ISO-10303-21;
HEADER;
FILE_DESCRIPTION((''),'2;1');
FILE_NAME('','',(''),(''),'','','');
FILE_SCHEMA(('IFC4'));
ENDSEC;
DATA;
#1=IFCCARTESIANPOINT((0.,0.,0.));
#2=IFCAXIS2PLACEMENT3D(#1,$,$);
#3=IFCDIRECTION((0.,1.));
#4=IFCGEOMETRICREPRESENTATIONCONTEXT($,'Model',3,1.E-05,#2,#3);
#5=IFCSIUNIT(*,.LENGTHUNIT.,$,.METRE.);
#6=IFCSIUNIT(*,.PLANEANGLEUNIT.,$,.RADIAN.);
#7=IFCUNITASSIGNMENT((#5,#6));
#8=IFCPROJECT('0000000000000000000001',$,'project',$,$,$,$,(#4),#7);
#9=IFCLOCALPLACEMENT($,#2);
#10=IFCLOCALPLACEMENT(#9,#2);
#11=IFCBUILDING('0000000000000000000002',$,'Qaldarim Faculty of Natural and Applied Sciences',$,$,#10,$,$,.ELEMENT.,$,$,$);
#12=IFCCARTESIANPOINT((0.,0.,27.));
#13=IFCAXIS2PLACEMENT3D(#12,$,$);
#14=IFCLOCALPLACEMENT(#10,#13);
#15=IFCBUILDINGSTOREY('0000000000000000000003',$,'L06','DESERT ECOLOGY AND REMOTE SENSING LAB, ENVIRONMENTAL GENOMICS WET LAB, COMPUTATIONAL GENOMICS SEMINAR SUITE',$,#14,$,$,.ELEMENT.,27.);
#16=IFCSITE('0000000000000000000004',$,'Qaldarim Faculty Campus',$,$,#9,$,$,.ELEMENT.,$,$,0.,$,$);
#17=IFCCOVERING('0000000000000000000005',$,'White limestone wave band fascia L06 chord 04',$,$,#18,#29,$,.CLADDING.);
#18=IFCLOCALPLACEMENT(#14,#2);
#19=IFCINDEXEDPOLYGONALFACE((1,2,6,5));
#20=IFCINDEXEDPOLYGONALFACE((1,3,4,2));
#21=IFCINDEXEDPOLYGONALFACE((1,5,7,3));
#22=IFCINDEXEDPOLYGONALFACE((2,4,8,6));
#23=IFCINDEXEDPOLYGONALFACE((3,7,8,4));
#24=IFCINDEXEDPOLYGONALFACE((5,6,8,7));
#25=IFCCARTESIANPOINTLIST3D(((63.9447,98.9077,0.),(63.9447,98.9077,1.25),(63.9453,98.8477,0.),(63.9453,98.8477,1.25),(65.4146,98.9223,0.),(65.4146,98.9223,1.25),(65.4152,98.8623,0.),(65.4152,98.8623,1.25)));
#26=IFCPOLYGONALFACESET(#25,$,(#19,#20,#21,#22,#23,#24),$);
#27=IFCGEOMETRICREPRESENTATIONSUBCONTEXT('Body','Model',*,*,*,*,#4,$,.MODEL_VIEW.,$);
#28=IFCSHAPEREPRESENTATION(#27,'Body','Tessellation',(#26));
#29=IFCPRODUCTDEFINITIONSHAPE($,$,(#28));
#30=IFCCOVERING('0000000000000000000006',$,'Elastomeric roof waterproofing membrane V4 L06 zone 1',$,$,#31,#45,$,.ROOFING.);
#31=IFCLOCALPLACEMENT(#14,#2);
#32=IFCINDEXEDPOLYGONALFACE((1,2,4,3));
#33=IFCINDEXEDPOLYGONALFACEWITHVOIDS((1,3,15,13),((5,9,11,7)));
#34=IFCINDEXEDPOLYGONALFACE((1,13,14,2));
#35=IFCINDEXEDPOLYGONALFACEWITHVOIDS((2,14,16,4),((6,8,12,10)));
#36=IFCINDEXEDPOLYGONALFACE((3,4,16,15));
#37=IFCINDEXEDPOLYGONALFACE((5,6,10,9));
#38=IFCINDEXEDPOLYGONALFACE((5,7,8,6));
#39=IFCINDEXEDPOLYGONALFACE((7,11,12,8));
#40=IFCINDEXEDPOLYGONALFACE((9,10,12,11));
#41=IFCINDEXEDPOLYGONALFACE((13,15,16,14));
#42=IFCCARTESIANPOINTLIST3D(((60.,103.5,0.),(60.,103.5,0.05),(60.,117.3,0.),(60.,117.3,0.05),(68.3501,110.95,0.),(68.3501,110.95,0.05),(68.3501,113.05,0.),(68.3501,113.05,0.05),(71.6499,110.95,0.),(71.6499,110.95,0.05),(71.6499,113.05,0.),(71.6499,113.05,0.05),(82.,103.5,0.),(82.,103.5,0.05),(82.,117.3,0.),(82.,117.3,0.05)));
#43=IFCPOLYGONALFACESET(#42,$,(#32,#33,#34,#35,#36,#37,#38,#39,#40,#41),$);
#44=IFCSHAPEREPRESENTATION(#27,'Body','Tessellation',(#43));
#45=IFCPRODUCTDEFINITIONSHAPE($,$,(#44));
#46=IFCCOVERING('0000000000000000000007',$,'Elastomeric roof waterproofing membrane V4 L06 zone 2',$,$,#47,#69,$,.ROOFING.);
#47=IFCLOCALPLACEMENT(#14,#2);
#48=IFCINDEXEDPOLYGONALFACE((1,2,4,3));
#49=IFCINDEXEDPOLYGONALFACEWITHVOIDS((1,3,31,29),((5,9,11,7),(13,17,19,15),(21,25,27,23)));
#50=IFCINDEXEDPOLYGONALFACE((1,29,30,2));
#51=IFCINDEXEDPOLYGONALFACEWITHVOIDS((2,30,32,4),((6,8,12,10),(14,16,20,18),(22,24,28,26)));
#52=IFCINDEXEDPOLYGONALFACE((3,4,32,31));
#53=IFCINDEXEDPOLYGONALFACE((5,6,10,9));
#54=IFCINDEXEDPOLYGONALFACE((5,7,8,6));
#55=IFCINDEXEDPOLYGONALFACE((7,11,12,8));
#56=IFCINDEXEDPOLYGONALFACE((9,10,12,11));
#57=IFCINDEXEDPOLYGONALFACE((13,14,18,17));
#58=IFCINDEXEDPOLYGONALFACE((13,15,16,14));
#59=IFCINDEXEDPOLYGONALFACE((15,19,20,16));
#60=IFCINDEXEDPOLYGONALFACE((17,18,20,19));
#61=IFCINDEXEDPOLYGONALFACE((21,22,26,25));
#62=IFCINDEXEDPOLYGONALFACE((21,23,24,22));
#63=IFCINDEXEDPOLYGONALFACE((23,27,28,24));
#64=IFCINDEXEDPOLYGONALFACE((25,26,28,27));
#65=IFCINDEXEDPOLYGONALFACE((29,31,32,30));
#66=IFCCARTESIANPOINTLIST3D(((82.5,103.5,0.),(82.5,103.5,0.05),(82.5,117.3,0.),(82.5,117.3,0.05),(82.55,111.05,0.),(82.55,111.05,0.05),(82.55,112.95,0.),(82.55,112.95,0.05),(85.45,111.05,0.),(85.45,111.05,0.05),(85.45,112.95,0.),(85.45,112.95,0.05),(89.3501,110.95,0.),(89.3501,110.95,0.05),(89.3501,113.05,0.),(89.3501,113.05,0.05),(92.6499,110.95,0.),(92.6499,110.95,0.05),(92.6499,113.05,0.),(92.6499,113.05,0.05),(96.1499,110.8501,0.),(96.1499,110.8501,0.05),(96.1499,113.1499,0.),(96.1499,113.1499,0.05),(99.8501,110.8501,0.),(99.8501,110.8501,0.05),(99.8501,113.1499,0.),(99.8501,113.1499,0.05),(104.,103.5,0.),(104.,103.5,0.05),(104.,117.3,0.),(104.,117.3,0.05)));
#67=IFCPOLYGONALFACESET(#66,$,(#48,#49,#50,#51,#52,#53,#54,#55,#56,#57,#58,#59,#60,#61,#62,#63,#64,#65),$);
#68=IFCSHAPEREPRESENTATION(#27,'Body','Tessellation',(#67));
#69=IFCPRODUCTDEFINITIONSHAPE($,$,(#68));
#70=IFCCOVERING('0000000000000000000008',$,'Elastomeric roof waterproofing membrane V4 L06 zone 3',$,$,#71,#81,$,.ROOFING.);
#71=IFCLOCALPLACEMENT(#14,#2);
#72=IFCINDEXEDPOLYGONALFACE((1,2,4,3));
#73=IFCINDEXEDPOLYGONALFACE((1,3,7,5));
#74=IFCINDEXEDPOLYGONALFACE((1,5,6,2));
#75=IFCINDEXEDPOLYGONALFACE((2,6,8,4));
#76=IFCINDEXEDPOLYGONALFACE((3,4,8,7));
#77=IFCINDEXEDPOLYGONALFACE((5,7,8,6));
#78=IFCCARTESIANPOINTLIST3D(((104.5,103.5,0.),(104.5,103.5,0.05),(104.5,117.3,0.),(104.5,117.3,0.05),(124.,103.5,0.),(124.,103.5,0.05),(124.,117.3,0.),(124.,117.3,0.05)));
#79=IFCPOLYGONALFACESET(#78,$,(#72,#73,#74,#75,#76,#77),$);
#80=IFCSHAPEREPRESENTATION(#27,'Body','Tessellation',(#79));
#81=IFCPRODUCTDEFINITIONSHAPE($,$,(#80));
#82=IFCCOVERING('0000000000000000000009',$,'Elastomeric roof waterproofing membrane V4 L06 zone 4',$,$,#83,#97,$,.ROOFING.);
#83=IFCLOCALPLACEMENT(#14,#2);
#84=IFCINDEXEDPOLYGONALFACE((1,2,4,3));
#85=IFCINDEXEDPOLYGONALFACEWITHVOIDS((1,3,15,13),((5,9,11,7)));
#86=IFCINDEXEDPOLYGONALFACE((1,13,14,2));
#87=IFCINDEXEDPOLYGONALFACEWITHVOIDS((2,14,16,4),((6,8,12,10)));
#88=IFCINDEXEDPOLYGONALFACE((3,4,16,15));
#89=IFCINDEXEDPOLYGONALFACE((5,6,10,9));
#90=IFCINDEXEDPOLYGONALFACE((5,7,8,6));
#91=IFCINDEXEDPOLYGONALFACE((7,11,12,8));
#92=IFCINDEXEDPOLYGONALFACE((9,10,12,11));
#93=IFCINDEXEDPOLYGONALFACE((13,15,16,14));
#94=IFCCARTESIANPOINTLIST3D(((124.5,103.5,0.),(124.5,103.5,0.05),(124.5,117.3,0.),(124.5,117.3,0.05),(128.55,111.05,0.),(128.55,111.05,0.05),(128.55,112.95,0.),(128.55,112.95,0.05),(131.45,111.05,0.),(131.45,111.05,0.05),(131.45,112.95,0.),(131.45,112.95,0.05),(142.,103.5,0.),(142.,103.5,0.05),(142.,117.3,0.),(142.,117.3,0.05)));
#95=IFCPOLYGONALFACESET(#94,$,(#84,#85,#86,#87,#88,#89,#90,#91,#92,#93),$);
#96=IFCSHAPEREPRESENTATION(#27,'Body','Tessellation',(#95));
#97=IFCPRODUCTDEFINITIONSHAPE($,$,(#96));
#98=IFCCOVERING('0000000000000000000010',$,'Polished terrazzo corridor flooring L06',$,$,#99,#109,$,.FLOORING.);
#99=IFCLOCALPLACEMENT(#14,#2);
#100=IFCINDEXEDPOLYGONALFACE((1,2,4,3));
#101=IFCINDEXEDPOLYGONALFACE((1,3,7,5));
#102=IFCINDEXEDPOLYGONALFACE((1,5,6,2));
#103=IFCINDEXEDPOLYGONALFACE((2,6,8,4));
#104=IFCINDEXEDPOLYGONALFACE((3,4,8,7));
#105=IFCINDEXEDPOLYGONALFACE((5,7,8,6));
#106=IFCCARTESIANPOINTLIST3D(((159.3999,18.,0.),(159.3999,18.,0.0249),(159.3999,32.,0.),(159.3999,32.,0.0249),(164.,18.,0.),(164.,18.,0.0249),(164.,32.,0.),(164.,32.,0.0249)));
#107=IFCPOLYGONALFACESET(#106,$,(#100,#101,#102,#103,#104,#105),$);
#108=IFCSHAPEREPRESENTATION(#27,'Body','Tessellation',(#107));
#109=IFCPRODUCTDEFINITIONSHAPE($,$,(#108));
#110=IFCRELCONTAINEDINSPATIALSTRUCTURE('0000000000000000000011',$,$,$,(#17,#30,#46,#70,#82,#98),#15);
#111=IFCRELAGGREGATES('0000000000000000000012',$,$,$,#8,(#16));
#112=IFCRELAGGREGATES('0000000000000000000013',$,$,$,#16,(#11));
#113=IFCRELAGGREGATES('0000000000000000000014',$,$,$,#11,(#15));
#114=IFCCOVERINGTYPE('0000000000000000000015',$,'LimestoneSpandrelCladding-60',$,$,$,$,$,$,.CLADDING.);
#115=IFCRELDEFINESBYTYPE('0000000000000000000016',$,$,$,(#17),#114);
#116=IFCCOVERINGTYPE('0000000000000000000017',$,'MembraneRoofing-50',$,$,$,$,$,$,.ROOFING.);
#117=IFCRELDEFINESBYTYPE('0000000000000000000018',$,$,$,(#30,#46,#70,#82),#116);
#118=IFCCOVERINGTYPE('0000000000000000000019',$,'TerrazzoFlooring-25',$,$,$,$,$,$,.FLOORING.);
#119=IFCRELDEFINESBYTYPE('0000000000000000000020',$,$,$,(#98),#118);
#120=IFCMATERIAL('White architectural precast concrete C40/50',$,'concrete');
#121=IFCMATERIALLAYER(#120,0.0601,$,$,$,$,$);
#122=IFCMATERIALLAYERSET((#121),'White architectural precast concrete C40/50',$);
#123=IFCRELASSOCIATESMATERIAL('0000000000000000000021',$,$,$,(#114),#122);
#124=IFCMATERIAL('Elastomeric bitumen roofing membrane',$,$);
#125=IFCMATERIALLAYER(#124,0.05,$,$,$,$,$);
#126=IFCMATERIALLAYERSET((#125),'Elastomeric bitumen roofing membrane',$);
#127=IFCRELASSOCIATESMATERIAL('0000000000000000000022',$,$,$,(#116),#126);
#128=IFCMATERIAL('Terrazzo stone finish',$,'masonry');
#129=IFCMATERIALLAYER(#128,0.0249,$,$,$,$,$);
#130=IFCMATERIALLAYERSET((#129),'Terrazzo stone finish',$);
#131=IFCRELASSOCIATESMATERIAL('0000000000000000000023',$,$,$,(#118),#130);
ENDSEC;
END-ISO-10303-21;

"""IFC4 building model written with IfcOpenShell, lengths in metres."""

from ifc_helpers import new_model, si_unit, direction, frame, origin, origin_2d, place, context, subcontext, project, spatial, polyline, rectangle, outline, extrude, material, layer, layer_set, type_object, element, save


model = new_model("IFC4")

# Units and contexts
model_context = context("Model", 3, precision=1e-05, world=origin(), true_north=direction((0.0, 1.0)))
body_context = subcontext(model_context, "Body", "Model", "MODEL_VIEW")
ifc_project = project(units=[si_unit("LENGTHUNIT", "METRE"), si_unit("PLANEANGLEUNIT", "RADIAN")], contexts=[model_context])

# Site, building, storey
site_placement = place(None, origin())
site = spatial("IfcSite", under=ifc_project, at=site_placement, Name="Qaldarim Faculty Campus", CompositionType="ELEMENT", RefElevation=0.0)
building_placement = place(site_placement, origin())
building = spatial("IfcBuilding", under=site, at=building_placement, Name="Qaldarim Faculty of Natural and Applied Sciences", CompositionType="ELEMENT")
storey_placement = place(building_placement, frame((0.0, 0.0, 27.0)))
storey = spatial("IfcBuildingStorey", under=building, at=storey_placement, Name="L06", Description="DESERT ECOLOGY AND REMOTE SENSING LAB, ENVIRONMENTAL GENOMICS WET LAB, COMPUTATIONAL GENOMICS SEMINAR SUITE", CompositionType="ELEMENT", Elevation=27.0)

# Shared definitions
ifc_material_1 = material(Name="White architectural precast concrete C40/50", Category="concrete")

# Coverings
ifc_layer_1 = layer(ifc_material_1, 0.0601)
ifc_layer_set_1 = layer_set([ifc_layer_1], Name="White architectural precast concrete C40/50")
covering_type_1 = type_object("IfcCoveringType", Name="LimestoneSpandrelCladding-60", PredefinedType="CLADDING", material=ifc_layer_set_1)
covering_1_placement = place(storey_placement, frame((64.6799, 98.885, 0.0), z_axis=(0.0, 0.0, 1.0), x_axis=(0.999951, 0.009931, 0.0)))
element("IfcCovering", 1, at=covering_1_placement, inside=storey, type_object=covering_type_1, Name="White limestone wave band fascia L06 chord 04", PredefinedType="CLADDING", context=body_context, shape_type="SweptSolid", body=[
    extrude(rectangle(XDim=1.47, YDim=0.0601, at=origin_2d()), origin(), (0.0, 0.0, 1.0), 1.25),
])
ifc_material_2 = material(Name="Elastomeric bitumen roofing membrane")
ifc_layer_2 = layer(ifc_material_2, 0.05)
ifc_layer_set_2 = layer_set([ifc_layer_2], Name="Elastomeric bitumen roofing membrane")
covering_type_2 = type_object("IfcCoveringType", Name="MembraneRoofing-50", PredefinedType="ROOFING", material=ifc_layer_set_2)
covering_2_placement = place(storey_placement, origin())
element("IfcCovering", 2, at=covering_2_placement, inside=storey, type_object=covering_type_2, Name="Elastomeric roof waterproofing membrane V4 L06 zone 1", PredefinedType="ROOFING", context=body_context, shape_type="SweptSolid", body=[
    extrude(outline(polyline([(60.0, 103.5), (82.0, 103.5), (82.0, 117.3), (60.0, 117.3), (60.0, 103.5)]), holes=[polyline([(68.3501, 110.95), (71.6499, 110.95), (71.6499, 113.05), (68.3501, 113.05), (68.3501, 110.95)])]), origin(), (0.0, 0.0, 1.0), 0.05),
])
covering_3_placement = place(storey_placement, origin())
element("IfcCovering", 3, at=covering_3_placement, inside=storey, type_object=covering_type_2, Name="Elastomeric roof waterproofing membrane V4 L06 zone 2", PredefinedType="ROOFING", context=body_context, shape_type="SweptSolid", body=[
    extrude(outline(polyline([(82.5, 103.5), (104.0, 103.5), (104.0, 117.3), (82.5, 117.3), (82.5, 103.5)]), holes=[polyline([(82.55, 111.05), (85.45, 111.05), (85.45, 112.95), (82.55, 112.95), (82.55, 111.05)]), polyline([(96.1499, 110.8501), (99.8501, 110.8501), (99.8501, 113.1499), (96.1499, 113.1499), (96.1499, 110.8501)]), polyline([(89.3501, 110.95), (92.6499, 110.95), (92.6499, 113.05), (89.3501, 113.05), (89.3501, 110.95)])]), origin(), (0.0, 0.0, 1.0), 0.05),
])
covering_4_placement = place(storey_placement, origin())
element("IfcCovering", 4, at=covering_4_placement, inside=storey, type_object=covering_type_2, Name="Elastomeric roof waterproofing membrane V4 L06 zone 3", PredefinedType="ROOFING", context=body_context, shape_type="SweptSolid", body=[
    extrude(outline(polyline([(104.5, 103.5), (124.0, 103.5), (124.0, 117.3), (104.5, 117.3), (104.5, 103.5)])), origin(), (0.0, 0.0, 1.0), 0.05),
])
covering_5_placement = place(storey_placement, origin())
element("IfcCovering", 5, at=covering_5_placement, inside=storey, type_object=covering_type_2, Name="Elastomeric roof waterproofing membrane V4 L06 zone 4", PredefinedType="ROOFING", context=body_context, shape_type="SweptSolid", body=[
    extrude(outline(polyline([(124.5, 103.5), (142.0, 103.5), (142.0, 117.3), (124.5, 117.3), (124.5, 103.5)]), holes=[polyline([(128.55, 111.05), (131.45, 111.05), (131.45, 112.95), (128.55, 112.95), (128.55, 111.05)])]), origin(), (0.0, 0.0, 1.0), 0.05),
])
ifc_material_3 = material(Name="Terrazzo stone finish", Category="masonry")
ifc_layer_3 = layer(ifc_material_3, 0.0249)
ifc_layer_set_3 = layer_set([ifc_layer_3], Name="Terrazzo stone finish")
covering_type_3 = type_object("IfcCoveringType", Name="TerrazzoFlooring-25", PredefinedType="FLOORING", material=ifc_layer_set_3)
covering_6_placement = place(storey_placement, origin())
element("IfcCovering", 6, at=covering_6_placement, inside=storey, type_object=covering_type_3, Name="Polished terrazzo corridor flooring L06", PredefinedType="FLOORING", context=body_context, shape_type="SweptSolid", body=[
    extrude(outline(polyline([(159.3999, 18.0), (164.0, 18.0), (164.0, 32.0), (159.3999, 32.0), (159.3999, 18.0)])), origin(), (0.0, 0.0, 1.0), 0.0249),
])

save(model, "model.ifc")
